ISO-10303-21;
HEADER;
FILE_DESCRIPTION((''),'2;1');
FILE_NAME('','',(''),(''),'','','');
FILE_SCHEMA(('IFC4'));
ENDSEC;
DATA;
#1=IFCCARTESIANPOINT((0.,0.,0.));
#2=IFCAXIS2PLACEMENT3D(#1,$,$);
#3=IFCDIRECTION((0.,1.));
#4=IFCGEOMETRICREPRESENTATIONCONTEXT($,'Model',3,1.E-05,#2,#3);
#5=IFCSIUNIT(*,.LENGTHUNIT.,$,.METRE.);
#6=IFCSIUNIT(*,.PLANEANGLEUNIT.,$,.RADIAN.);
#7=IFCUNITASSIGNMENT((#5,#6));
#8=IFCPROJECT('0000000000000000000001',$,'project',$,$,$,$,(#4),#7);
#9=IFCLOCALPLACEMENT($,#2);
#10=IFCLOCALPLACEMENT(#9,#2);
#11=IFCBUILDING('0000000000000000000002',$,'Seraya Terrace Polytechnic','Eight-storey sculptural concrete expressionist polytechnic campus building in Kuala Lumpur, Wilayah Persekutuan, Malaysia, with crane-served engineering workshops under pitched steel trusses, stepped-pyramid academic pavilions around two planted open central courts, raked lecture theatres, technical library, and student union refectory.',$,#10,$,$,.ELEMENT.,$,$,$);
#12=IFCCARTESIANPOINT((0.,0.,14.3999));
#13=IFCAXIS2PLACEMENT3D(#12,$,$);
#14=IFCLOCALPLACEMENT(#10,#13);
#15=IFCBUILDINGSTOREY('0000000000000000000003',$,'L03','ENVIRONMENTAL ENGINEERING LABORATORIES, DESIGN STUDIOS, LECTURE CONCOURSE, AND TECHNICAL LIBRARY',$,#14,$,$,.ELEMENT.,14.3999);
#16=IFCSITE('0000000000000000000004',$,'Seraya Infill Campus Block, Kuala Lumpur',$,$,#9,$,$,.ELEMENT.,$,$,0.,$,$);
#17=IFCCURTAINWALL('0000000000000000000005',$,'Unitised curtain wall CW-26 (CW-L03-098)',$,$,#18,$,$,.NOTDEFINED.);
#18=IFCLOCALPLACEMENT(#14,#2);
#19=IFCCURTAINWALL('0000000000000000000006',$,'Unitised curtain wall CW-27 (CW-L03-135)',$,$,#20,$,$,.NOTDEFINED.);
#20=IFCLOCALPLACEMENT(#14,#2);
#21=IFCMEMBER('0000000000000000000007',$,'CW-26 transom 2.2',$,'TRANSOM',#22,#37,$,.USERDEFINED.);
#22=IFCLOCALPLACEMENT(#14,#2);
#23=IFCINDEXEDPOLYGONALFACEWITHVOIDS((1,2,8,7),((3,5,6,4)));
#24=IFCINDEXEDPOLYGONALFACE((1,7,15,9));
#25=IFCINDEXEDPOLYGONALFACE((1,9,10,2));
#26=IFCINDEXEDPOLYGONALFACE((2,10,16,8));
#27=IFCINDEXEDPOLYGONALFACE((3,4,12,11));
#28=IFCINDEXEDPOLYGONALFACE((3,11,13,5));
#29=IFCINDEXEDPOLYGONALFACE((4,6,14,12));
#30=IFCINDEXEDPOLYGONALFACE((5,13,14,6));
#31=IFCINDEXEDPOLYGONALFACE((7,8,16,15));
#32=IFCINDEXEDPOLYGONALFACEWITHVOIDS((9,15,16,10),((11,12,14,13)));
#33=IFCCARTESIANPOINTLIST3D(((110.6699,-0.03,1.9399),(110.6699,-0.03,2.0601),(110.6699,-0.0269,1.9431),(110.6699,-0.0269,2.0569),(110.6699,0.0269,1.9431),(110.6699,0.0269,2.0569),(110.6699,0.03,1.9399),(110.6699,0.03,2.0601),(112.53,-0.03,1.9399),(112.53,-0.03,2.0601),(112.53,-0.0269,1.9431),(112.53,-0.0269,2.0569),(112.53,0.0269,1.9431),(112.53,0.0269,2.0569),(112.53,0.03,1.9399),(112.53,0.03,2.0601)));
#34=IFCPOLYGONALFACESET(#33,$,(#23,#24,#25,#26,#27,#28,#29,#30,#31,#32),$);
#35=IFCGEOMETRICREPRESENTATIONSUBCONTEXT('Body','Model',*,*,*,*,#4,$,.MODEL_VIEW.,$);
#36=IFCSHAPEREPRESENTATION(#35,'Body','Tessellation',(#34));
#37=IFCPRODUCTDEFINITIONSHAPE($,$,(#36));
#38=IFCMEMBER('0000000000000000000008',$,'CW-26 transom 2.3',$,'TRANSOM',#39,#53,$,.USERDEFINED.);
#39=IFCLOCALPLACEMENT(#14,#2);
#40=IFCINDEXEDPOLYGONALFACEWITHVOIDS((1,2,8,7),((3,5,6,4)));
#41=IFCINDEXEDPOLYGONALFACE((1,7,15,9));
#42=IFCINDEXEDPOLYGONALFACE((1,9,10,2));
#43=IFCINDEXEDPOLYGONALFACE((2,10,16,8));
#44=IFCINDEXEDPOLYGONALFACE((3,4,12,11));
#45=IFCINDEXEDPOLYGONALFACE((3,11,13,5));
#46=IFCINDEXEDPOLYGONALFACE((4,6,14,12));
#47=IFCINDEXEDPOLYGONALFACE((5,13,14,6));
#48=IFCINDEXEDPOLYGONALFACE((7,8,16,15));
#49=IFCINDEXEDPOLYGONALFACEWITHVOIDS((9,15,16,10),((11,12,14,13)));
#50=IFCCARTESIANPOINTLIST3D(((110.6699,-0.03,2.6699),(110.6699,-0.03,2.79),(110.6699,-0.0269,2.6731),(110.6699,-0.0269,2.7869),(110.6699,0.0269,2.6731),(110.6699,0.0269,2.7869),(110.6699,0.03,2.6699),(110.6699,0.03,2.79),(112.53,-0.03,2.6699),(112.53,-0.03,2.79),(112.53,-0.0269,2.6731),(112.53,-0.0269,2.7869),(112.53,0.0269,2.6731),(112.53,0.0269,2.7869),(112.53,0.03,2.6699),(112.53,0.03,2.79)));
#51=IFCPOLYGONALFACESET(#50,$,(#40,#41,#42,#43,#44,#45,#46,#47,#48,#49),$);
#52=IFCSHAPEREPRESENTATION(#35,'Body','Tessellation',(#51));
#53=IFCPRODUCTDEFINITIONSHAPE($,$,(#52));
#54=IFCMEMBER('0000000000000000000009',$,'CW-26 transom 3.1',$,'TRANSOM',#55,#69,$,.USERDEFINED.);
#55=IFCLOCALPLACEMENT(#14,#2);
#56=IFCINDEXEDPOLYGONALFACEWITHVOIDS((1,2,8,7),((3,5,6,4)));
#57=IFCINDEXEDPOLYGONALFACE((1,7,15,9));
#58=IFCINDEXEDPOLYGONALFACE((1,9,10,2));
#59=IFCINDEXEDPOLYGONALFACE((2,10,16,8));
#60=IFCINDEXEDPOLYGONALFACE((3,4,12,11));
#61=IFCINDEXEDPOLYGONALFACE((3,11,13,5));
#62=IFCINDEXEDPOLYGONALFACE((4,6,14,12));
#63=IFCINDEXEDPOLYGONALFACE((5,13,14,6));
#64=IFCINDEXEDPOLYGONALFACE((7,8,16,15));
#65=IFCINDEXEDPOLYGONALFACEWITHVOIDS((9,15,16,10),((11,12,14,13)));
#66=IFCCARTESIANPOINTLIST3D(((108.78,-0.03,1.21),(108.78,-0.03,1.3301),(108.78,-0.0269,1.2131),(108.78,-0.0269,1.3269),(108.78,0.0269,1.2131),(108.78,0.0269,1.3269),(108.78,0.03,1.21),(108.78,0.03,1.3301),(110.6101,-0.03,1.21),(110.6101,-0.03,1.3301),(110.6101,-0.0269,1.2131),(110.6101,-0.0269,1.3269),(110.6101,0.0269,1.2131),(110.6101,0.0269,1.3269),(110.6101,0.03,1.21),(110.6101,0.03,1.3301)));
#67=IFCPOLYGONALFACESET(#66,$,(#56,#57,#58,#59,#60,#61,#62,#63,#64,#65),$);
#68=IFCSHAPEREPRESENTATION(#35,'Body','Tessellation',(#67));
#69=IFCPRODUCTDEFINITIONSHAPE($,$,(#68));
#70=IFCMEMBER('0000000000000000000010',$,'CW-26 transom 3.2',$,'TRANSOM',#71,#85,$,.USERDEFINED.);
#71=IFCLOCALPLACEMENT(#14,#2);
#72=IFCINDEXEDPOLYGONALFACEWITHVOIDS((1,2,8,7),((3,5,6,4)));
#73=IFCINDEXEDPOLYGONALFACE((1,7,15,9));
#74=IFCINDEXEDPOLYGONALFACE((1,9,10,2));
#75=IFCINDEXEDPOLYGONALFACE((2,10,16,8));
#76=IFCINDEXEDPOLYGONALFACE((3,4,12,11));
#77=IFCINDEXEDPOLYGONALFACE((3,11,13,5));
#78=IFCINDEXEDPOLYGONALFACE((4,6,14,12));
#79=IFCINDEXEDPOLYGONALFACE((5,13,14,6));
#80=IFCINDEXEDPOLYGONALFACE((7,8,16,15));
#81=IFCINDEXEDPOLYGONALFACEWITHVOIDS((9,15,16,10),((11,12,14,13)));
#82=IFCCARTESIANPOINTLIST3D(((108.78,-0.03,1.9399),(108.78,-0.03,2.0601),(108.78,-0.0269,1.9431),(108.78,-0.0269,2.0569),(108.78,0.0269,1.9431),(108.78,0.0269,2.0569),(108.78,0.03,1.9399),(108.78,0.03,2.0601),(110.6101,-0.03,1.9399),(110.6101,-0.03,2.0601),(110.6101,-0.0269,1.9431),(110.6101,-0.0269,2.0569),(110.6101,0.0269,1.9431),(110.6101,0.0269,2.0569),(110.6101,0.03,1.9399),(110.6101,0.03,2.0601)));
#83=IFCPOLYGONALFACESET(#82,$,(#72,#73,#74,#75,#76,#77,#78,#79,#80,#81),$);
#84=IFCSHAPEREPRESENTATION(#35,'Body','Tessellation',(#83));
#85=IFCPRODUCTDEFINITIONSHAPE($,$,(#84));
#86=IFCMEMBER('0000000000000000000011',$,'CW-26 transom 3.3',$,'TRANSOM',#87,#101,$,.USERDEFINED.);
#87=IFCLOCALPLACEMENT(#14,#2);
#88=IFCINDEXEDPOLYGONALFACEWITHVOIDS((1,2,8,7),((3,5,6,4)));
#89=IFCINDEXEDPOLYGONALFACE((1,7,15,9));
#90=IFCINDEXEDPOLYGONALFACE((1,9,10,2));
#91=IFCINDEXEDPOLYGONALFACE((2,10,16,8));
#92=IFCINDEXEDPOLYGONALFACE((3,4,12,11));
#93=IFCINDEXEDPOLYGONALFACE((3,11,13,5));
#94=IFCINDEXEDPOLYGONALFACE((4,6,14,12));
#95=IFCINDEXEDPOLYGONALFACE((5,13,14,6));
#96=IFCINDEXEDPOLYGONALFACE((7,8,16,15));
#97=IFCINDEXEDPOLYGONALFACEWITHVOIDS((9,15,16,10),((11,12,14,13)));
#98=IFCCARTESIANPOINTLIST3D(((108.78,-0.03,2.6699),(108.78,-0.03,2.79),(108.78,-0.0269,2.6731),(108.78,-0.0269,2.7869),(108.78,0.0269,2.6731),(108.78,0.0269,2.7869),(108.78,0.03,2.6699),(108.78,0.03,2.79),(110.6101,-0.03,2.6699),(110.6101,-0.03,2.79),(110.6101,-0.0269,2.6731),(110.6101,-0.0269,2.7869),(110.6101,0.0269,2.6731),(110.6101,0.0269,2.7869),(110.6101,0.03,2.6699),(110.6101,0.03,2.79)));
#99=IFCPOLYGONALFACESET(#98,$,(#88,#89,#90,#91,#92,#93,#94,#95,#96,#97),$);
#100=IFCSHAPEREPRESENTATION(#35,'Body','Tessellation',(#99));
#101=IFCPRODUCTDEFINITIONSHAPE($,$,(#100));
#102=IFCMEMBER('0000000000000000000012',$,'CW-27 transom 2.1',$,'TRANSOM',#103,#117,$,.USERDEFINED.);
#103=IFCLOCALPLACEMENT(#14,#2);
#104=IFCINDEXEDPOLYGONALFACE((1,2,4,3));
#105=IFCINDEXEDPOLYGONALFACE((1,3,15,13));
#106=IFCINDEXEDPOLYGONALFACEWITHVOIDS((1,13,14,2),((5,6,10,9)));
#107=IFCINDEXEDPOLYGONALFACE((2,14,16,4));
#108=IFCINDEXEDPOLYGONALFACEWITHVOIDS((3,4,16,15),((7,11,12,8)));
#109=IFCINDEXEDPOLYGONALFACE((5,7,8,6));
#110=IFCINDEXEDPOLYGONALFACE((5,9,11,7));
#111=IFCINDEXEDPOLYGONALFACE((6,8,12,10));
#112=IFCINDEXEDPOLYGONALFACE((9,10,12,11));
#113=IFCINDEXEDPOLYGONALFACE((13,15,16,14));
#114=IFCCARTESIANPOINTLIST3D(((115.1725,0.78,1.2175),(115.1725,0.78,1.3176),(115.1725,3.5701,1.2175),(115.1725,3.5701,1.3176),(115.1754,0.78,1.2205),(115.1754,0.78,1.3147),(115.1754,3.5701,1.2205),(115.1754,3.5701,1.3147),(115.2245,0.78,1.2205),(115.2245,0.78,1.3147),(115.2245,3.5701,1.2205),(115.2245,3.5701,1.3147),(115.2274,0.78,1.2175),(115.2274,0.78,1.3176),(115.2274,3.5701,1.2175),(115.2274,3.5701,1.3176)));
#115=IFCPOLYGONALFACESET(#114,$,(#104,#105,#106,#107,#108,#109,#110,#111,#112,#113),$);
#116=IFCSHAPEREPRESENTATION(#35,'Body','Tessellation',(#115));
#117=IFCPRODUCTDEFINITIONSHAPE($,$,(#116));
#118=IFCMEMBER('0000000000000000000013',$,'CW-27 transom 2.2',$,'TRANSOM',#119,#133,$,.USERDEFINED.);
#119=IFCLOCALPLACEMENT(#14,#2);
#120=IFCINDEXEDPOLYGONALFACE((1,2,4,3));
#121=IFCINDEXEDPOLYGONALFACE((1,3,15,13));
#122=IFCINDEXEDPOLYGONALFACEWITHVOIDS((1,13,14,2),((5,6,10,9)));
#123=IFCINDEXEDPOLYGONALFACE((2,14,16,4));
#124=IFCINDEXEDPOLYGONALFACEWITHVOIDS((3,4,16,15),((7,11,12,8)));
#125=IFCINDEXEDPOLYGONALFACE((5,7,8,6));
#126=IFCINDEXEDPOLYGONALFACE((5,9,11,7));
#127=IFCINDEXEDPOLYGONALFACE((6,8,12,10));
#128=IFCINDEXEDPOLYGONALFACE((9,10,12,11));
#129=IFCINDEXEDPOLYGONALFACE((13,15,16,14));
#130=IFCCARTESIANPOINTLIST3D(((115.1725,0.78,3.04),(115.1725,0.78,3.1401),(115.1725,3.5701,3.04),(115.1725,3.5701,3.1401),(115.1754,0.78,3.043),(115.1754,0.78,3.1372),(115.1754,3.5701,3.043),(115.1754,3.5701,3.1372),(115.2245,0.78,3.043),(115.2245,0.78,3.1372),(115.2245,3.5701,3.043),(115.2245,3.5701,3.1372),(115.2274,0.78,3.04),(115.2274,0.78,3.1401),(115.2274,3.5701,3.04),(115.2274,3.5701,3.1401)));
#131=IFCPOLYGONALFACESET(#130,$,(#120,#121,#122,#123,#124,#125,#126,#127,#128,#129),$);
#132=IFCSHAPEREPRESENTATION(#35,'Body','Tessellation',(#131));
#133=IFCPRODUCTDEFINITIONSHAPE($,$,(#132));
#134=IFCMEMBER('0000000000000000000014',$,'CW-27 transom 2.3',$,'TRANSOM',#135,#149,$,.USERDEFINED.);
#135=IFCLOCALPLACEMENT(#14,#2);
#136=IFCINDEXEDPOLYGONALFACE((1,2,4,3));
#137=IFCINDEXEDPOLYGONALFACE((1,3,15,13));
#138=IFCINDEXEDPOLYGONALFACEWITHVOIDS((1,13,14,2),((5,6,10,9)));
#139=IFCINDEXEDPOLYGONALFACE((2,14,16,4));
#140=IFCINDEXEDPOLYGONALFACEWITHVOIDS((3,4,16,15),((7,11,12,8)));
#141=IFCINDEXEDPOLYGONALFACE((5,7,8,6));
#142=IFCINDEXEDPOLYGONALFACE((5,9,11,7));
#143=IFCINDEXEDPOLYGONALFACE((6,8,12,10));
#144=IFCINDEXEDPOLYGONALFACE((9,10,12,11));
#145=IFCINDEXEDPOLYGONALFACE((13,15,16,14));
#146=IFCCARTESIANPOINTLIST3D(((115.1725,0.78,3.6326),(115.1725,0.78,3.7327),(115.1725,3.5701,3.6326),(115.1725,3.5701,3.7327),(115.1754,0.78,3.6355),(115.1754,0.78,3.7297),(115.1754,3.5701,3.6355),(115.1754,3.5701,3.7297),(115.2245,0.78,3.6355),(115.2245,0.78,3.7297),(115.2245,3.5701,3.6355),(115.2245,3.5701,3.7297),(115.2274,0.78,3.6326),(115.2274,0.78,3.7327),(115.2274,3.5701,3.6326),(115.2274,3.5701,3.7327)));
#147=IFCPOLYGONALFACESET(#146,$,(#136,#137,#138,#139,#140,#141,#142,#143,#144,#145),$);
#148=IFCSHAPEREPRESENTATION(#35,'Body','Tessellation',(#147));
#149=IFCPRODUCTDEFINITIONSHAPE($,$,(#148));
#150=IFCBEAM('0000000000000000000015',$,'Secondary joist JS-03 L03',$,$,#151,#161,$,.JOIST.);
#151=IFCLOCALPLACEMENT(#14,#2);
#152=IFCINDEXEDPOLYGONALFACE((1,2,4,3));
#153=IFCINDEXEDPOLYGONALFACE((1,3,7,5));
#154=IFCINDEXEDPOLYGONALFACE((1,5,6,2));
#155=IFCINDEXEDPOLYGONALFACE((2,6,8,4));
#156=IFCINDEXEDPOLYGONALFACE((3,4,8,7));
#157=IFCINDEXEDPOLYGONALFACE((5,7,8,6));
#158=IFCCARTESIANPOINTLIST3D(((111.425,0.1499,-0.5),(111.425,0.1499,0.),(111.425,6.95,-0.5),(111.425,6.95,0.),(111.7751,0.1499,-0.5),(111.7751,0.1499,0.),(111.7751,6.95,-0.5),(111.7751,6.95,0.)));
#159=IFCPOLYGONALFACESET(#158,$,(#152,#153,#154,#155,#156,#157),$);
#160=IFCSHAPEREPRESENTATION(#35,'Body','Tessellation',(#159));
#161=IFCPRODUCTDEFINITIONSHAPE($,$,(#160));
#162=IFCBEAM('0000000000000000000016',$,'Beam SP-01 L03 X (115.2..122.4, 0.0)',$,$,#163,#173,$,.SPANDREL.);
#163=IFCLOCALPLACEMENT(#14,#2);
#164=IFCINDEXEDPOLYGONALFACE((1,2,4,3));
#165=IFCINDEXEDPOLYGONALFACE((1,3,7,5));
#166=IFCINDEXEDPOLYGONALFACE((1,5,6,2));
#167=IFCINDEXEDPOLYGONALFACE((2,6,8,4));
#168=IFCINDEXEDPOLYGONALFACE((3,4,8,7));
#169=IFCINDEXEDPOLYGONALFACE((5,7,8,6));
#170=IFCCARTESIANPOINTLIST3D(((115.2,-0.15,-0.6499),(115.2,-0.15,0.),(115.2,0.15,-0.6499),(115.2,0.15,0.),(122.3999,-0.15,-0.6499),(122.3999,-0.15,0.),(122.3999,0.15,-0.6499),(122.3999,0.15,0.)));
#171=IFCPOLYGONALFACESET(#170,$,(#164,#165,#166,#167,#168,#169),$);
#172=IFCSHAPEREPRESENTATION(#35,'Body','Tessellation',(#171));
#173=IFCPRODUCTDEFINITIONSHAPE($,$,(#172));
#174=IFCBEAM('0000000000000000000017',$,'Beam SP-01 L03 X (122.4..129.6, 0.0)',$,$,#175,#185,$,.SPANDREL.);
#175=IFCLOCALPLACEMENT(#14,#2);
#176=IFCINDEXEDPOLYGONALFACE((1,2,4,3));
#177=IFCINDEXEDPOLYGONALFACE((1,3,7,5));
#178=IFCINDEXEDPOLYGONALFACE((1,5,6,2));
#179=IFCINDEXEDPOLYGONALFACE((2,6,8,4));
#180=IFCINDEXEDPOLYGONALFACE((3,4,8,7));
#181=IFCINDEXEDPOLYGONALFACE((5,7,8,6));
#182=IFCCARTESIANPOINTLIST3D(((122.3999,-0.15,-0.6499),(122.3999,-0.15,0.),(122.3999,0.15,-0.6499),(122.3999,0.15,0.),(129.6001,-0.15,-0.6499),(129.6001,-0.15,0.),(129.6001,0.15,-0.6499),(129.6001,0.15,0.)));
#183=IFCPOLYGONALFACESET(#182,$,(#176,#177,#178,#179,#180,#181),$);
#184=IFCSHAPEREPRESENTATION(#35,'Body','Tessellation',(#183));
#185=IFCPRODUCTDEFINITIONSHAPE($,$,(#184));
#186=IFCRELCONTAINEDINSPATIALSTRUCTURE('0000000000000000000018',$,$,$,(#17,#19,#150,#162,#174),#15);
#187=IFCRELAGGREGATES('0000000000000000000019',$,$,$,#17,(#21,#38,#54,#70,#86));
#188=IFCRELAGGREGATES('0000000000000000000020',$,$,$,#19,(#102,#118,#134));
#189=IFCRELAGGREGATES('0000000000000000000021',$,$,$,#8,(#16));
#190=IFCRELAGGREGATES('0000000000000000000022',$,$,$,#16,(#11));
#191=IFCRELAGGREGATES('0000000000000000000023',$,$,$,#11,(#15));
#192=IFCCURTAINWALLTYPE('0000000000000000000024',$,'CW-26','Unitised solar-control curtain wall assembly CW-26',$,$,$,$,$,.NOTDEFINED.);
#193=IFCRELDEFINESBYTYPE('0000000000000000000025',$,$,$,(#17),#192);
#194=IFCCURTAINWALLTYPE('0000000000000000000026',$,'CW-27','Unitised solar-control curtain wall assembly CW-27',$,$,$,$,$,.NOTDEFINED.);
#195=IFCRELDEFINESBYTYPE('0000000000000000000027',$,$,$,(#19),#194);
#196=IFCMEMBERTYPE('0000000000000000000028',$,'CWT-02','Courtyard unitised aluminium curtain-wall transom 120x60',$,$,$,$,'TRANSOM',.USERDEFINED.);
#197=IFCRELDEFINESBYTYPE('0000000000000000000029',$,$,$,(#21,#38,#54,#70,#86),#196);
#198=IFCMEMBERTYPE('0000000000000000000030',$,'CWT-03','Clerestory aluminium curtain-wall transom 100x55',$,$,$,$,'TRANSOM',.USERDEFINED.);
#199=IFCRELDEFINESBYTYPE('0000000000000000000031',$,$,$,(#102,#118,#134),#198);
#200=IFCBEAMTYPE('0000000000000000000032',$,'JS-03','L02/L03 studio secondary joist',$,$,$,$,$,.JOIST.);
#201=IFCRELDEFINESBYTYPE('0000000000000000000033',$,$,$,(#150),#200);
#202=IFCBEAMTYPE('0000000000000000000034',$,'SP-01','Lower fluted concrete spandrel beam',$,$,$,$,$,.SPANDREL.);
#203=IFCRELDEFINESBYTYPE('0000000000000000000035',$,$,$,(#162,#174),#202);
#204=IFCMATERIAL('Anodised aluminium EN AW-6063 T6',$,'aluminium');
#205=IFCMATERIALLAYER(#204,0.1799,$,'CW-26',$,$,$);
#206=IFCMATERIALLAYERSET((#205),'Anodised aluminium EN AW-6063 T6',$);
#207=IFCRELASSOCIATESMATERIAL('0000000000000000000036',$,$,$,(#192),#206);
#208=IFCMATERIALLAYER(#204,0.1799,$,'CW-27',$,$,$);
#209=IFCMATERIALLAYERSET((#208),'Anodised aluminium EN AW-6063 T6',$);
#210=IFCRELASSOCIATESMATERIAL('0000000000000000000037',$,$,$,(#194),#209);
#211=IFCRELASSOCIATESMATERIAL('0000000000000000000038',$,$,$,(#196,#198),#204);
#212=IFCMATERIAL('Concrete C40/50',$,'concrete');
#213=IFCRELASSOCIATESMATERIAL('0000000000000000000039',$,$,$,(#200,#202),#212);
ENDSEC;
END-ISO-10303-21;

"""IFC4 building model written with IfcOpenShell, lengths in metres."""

from ifc_helpers import new_model, si_unit, direction, frame, origin, origin_2d, place, context, subcontext, project, spatial, rectangle, hollow_rectangle, extrude, material, layer, layer_set, material_profile, profile_set, type_object, element, aggregate, save


model = new_model("IFC4")

# Units and contexts
model_context = context("Model", 3, precision=1e-05, world=origin(), true_north=direction((0.0, 1.0)))
body_context = subcontext(model_context, "Body", "Model", "MODEL_VIEW")
ifc_project = project(units=[si_unit("LENGTHUNIT", "METRE"), si_unit("PLANEANGLEUNIT", "RADIAN")], contexts=[model_context])

# Site, building, storey
site_placement = place(None, origin())
site = spatial("IfcSite", under=ifc_project, at=site_placement, Name="Seraya Infill Campus Block, Kuala Lumpur", CompositionType="ELEMENT", RefElevation=0.0)
building_placement = place(site_placement, origin())
building = spatial("IfcBuilding", under=site, at=building_placement, Name="Seraya Terrace Polytechnic", Description="Eight-storey sculptural concrete expressionist polytechnic campus building in Kuala Lumpur, Wilayah Persekutuan, Malaysia, with crane-served engineering workshops under pitched steel trusses, stepped-pyramid academic pavilions around two planted open central courts, raked lecture theatres, technical library, and student union refectory.", CompositionType="ELEMENT")
storey_placement = place(building_placement, frame((0.0, 0.0, 14.3999)))
storey = spatial("IfcBuildingStorey", under=building, at=storey_placement, Name="L03", Description="ENVIRONMENTAL ENGINEERING LABORATORIES, DESIGN STUDIOS, LECTURE CONCOURSE, AND TECHNICAL LIBRARY", CompositionType="ELEMENT", Elevation=14.3999)

# Shared definitions
ifc_material_1 = material(Name="Concrete C40/50", Category="concrete")

# Curtain wall
ifc_material_2 = material(Name="Anodised aluminium EN AW-6063 T6", Category="aluminium")
ifc_layer_1 = layer(ifc_material_2, 0.1799, Name="CW-26")
ifc_layer_set_1 = layer_set([ifc_layer_1], Name="Anodised aluminium EN AW-6063 T6")
curtain_wall_type_1 = type_object("IfcCurtainWallType", Name="CW-26", Description="Unitised solar-control curtain wall assembly CW-26", PredefinedType="NOTDEFINED", material=ifc_layer_set_1)
curtain_wall_1_placement = place(storey_placement, origin())
curtain_wall_1 = element("IfcCurtainWall", 1, at=curtain_wall_1_placement, inside=storey, type_object=curtain_wall_type_1, Name="Unitised curtain wall CW-26 (CW-L03-098)", PredefinedType="NOTDEFINED")

# Curtain wall
ifc_layer_2 = layer(ifc_material_2, 0.1799, Name="CW-27")
ifc_layer_set_2 = layer_set([ifc_layer_2], Name="Anodised aluminium EN AW-6063 T6")
curtain_wall_type_2 = type_object("IfcCurtainWallType", Name="CW-27", Description="Unitised solar-control curtain wall assembly CW-27", PredefinedType="NOTDEFINED", material=ifc_layer_set_2)
curtain_wall_2_placement = place(storey_placement, origin())
curtain_wall_2 = element("IfcCurtainWall", 2, at=curtain_wall_2_placement, inside=storey, type_object=curtain_wall_type_2, Name="Unitised curtain wall CW-27 (CW-L03-135)", PredefinedType="NOTDEFINED")

# Members
ifc_material_profile_1 = material_profile(ifc_material_2, hollow_rectangle(XDim=0.0601, YDim=0.1201, WallThickness=0.0032, at=origin_2d()), Name="RHS 120x60x3.2")
ifc_profile_set_1 = profile_set([ifc_material_profile_1], Name="Anodised aluminium EN AW-6063 T6")
member_type_1 = type_object("IfcMemberType", Name="CWT-02", Description="Courtyard unitised aluminium curtain-wall transom 120x60", ElementType="TRANSOM", PredefinedType="USERDEFINED", material=ifc_profile_set_1)
member_1_placement = place(storey_placement, frame((112.53, 0.0, 2.0), z_axis=(-1.0, 0.0, 0.0), x_axis=(0.0, -1.0, 0.0)))
member_1 = element("IfcMember", 3, at=member_1_placement, type_object=member_type_1, Name="CW-26 transom 2.2", ObjectType="TRANSOM", PredefinedType="USERDEFINED", context=body_context, shape_type="SweptSolid", body=[
    extrude(hollow_rectangle(XDim=0.0601, YDim=0.1201, WallThickness=0.0032, at=origin_2d()), origin(), (0.0, 0.0, 1.0), 1.8601),
])
member_2_placement = place(storey_placement, frame((112.53, 0.0, 2.73), z_axis=(-1.0, 0.0, 0.0), x_axis=(0.0, -1.0, 0.0)))
member_2 = element("IfcMember", 4, at=member_2_placement, type_object=member_type_1, Name="CW-26 transom 2.3", ObjectType="TRANSOM", PredefinedType="USERDEFINED", context=body_context, shape_type="SweptSolid", body=[
    extrude(hollow_rectangle(XDim=0.0601, YDim=0.1201, WallThickness=0.0032, at=origin_2d()), origin(), (0.0, 0.0, 1.0), 1.8601),
])
member_3_placement = place(storey_placement, frame((110.6101, 0.0, 1.27), z_axis=(-1.0, 0.0, 0.0), x_axis=(0.0, -1.0, 0.0)))
member_3 = element("IfcMember", 5, at=member_3_placement, type_object=member_type_1, Name="CW-26 transom 3.1", ObjectType="TRANSOM", PredefinedType="USERDEFINED", context=body_context, shape_type="SweptSolid", body=[
    extrude(hollow_rectangle(XDim=0.0601, YDim=0.1201, WallThickness=0.0032, at=origin_2d()), origin(), (0.0, 0.0, 1.0), 1.8301),
])
member_4_placement = place(storey_placement, frame((110.6101, 0.0, 2.0), z_axis=(-1.0, 0.0, 0.0), x_axis=(0.0, -1.0, 0.0)))
member_4 = element("IfcMember", 6, at=member_4_placement, type_object=member_type_1, Name="CW-26 transom 3.2", ObjectType="TRANSOM", PredefinedType="USERDEFINED", context=body_context, shape_type="SweptSolid", body=[
    extrude(hollow_rectangle(XDim=0.0601, YDim=0.1201, WallThickness=0.0032, at=origin_2d()), origin(), (0.0, 0.0, 1.0), 1.8301),
])
member_5_placement = place(storey_placement, frame((110.6101, 0.0, 2.73), z_axis=(-1.0, 0.0, 0.0), x_axis=(0.0, -1.0, 0.0)))
member_5 = element("IfcMember", 7, at=member_5_placement, type_object=member_type_1, Name="CW-26 transom 3.3", ObjectType="TRANSOM", PredefinedType="USERDEFINED", context=body_context, shape_type="SweptSolid", body=[
    extrude(hollow_rectangle(XDim=0.0601, YDim=0.1201, WallThickness=0.0032, at=origin_2d()), origin(), (0.0, 0.0, 1.0), 1.8301),
])
ifc_material_profile_2 = material_profile(ifc_material_2, hollow_rectangle(XDim=0.0549, YDim=0.1001, WallThickness=0.0029, at=origin_2d()), Name="RHS 100x55x3.0")
ifc_profile_set_2 = profile_set([ifc_material_profile_2], Name="Anodised aluminium EN AW-6063 T6")
member_type_2 = type_object("IfcMemberType", Name="CWT-03", Description="Clerestory aluminium curtain-wall transom 100x55", ElementType="TRANSOM", PredefinedType="USERDEFINED", material=ifc_profile_set_2)
member_6_placement = place(storey_placement, frame((115.2, 3.5701, 1.2676), z_axis=(0.0, -1.0, 0.0), x_axis=(1.0, 0.0, 0.0)))
member_6 = element("IfcMember", 8, at=member_6_placement, type_object=member_type_2, Name="CW-27 transom 2.1", ObjectType="TRANSOM", PredefinedType="USERDEFINED", context=body_context, shape_type="SweptSolid", body=[
    extrude(hollow_rectangle(XDim=0.0549, YDim=0.1001, WallThickness=0.0029, at=origin_2d()), origin(), (0.0, 0.0, 1.0), 2.79),
])
member_7_placement = place(storey_placement, frame((115.2, 3.5701, 3.0901), z_axis=(0.0, -1.0, 0.0), x_axis=(1.0, 0.0, 0.0)))
member_7 = element("IfcMember", 9, at=member_7_placement, type_object=member_type_2, Name="CW-27 transom 2.2", ObjectType="TRANSOM", PredefinedType="USERDEFINED", context=body_context, shape_type="SweptSolid", body=[
    extrude(hollow_rectangle(XDim=0.0549, YDim=0.1001, WallThickness=0.0029, at=origin_2d()), origin(), (0.0, 0.0, 1.0), 2.79),
])
member_8_placement = place(storey_placement, frame((115.2, 3.5701, 3.6826), z_axis=(0.0, -1.0, 0.0), x_axis=(1.0, 0.0, 0.0)))
member_8 = element("IfcMember", 10, at=member_8_placement, type_object=member_type_2, Name="CW-27 transom 2.3", ObjectType="TRANSOM", PredefinedType="USERDEFINED", context=body_context, shape_type="SweptSolid", body=[
    extrude(hollow_rectangle(XDim=0.0549, YDim=0.1001, WallThickness=0.0029, at=origin_2d()), origin(), (0.0, 0.0, 1.0), 2.79),
])

# Beams
ifc_material_profile_3 = material_profile(ifc_material_1, rectangle(XDim=0.3501, YDim=0.5, at=origin_2d()), Name="RC 350x500")
ifc_profile_set_3 = profile_set([ifc_material_profile_3], Name="Concrete C40/50")
beam_type_1 = type_object("IfcBeamType", Name="JS-03", Description="L02/L03 studio secondary joist", PredefinedType="JOIST", material=ifc_profile_set_3)
beam_1_placement = place(storey_placement, frame((111.6001, 0.1499, -0.25), z_axis=(0.0, 1.0, 0.0), x_axis=(-1.0, 0.0, 0.0)))
element("IfcBeam", 11, at=beam_1_placement, inside=storey, type_object=beam_type_1, Name="Secondary joist JS-03 L03", PredefinedType="JOIST", context=body_context, shape_type="SweptSolid", body=[
    extrude(rectangle(XDim=0.3501, YDim=0.5, at=origin_2d()), origin(), (0.0, 0.0, 1.0), 6.8),
])
ifc_material_profile_4 = material_profile(ifc_material_1, rectangle(XDim=0.3, YDim=0.6499, at=origin_2d()), Name="RC 300x650")
ifc_profile_set_4 = profile_set([ifc_material_profile_4], Name="Concrete C40/50")
beam_type_2 = type_object("IfcBeamType", Name="SP-01", Description="Lower fluted concrete spandrel beam", PredefinedType="SPANDREL", material=ifc_profile_set_4)
beam_2_placement = place(storey_placement, frame((115.2, 0.0, -0.325), z_axis=(1.0, 0.0, 0.0), x_axis=(0.0, 1.0, 0.0)))
element("IfcBeam", 12, at=beam_2_placement, inside=storey, type_object=beam_type_2, Name="Beam SP-01 L03 X (115.2..122.4, 0.0)", PredefinedType="SPANDREL", context=body_context, shape_type="SweptSolid", body=[
    extrude(rectangle(XDim=0.3, YDim=0.6499, at=origin_2d()), origin(), (0.0, 0.0, 1.0), 7.2),
])
beam_3_placement = place(storey_placement, frame((122.3999, 0.0, -0.325), z_axis=(1.0, 0.0, 0.0), x_axis=(0.0, 1.0, 0.0)))
element("IfcBeam", 13, at=beam_3_placement, inside=storey, type_object=beam_type_2, Name="Beam SP-01 L03 X (122.4..129.6, 0.0)", PredefinedType="SPANDREL", context=body_context, shape_type="SweptSolid", body=[
    extrude(rectangle(XDim=0.3, YDim=0.6499, at=origin_2d()), origin(), (0.0, 0.0, 1.0), 7.2002),
])

aggregate(curtain_wall_1, [member_1, member_2, member_3, member_4, member_5])
aggregate(curtain_wall_2, [member_6, member_7, member_8])

save(model, "model.ifc")
